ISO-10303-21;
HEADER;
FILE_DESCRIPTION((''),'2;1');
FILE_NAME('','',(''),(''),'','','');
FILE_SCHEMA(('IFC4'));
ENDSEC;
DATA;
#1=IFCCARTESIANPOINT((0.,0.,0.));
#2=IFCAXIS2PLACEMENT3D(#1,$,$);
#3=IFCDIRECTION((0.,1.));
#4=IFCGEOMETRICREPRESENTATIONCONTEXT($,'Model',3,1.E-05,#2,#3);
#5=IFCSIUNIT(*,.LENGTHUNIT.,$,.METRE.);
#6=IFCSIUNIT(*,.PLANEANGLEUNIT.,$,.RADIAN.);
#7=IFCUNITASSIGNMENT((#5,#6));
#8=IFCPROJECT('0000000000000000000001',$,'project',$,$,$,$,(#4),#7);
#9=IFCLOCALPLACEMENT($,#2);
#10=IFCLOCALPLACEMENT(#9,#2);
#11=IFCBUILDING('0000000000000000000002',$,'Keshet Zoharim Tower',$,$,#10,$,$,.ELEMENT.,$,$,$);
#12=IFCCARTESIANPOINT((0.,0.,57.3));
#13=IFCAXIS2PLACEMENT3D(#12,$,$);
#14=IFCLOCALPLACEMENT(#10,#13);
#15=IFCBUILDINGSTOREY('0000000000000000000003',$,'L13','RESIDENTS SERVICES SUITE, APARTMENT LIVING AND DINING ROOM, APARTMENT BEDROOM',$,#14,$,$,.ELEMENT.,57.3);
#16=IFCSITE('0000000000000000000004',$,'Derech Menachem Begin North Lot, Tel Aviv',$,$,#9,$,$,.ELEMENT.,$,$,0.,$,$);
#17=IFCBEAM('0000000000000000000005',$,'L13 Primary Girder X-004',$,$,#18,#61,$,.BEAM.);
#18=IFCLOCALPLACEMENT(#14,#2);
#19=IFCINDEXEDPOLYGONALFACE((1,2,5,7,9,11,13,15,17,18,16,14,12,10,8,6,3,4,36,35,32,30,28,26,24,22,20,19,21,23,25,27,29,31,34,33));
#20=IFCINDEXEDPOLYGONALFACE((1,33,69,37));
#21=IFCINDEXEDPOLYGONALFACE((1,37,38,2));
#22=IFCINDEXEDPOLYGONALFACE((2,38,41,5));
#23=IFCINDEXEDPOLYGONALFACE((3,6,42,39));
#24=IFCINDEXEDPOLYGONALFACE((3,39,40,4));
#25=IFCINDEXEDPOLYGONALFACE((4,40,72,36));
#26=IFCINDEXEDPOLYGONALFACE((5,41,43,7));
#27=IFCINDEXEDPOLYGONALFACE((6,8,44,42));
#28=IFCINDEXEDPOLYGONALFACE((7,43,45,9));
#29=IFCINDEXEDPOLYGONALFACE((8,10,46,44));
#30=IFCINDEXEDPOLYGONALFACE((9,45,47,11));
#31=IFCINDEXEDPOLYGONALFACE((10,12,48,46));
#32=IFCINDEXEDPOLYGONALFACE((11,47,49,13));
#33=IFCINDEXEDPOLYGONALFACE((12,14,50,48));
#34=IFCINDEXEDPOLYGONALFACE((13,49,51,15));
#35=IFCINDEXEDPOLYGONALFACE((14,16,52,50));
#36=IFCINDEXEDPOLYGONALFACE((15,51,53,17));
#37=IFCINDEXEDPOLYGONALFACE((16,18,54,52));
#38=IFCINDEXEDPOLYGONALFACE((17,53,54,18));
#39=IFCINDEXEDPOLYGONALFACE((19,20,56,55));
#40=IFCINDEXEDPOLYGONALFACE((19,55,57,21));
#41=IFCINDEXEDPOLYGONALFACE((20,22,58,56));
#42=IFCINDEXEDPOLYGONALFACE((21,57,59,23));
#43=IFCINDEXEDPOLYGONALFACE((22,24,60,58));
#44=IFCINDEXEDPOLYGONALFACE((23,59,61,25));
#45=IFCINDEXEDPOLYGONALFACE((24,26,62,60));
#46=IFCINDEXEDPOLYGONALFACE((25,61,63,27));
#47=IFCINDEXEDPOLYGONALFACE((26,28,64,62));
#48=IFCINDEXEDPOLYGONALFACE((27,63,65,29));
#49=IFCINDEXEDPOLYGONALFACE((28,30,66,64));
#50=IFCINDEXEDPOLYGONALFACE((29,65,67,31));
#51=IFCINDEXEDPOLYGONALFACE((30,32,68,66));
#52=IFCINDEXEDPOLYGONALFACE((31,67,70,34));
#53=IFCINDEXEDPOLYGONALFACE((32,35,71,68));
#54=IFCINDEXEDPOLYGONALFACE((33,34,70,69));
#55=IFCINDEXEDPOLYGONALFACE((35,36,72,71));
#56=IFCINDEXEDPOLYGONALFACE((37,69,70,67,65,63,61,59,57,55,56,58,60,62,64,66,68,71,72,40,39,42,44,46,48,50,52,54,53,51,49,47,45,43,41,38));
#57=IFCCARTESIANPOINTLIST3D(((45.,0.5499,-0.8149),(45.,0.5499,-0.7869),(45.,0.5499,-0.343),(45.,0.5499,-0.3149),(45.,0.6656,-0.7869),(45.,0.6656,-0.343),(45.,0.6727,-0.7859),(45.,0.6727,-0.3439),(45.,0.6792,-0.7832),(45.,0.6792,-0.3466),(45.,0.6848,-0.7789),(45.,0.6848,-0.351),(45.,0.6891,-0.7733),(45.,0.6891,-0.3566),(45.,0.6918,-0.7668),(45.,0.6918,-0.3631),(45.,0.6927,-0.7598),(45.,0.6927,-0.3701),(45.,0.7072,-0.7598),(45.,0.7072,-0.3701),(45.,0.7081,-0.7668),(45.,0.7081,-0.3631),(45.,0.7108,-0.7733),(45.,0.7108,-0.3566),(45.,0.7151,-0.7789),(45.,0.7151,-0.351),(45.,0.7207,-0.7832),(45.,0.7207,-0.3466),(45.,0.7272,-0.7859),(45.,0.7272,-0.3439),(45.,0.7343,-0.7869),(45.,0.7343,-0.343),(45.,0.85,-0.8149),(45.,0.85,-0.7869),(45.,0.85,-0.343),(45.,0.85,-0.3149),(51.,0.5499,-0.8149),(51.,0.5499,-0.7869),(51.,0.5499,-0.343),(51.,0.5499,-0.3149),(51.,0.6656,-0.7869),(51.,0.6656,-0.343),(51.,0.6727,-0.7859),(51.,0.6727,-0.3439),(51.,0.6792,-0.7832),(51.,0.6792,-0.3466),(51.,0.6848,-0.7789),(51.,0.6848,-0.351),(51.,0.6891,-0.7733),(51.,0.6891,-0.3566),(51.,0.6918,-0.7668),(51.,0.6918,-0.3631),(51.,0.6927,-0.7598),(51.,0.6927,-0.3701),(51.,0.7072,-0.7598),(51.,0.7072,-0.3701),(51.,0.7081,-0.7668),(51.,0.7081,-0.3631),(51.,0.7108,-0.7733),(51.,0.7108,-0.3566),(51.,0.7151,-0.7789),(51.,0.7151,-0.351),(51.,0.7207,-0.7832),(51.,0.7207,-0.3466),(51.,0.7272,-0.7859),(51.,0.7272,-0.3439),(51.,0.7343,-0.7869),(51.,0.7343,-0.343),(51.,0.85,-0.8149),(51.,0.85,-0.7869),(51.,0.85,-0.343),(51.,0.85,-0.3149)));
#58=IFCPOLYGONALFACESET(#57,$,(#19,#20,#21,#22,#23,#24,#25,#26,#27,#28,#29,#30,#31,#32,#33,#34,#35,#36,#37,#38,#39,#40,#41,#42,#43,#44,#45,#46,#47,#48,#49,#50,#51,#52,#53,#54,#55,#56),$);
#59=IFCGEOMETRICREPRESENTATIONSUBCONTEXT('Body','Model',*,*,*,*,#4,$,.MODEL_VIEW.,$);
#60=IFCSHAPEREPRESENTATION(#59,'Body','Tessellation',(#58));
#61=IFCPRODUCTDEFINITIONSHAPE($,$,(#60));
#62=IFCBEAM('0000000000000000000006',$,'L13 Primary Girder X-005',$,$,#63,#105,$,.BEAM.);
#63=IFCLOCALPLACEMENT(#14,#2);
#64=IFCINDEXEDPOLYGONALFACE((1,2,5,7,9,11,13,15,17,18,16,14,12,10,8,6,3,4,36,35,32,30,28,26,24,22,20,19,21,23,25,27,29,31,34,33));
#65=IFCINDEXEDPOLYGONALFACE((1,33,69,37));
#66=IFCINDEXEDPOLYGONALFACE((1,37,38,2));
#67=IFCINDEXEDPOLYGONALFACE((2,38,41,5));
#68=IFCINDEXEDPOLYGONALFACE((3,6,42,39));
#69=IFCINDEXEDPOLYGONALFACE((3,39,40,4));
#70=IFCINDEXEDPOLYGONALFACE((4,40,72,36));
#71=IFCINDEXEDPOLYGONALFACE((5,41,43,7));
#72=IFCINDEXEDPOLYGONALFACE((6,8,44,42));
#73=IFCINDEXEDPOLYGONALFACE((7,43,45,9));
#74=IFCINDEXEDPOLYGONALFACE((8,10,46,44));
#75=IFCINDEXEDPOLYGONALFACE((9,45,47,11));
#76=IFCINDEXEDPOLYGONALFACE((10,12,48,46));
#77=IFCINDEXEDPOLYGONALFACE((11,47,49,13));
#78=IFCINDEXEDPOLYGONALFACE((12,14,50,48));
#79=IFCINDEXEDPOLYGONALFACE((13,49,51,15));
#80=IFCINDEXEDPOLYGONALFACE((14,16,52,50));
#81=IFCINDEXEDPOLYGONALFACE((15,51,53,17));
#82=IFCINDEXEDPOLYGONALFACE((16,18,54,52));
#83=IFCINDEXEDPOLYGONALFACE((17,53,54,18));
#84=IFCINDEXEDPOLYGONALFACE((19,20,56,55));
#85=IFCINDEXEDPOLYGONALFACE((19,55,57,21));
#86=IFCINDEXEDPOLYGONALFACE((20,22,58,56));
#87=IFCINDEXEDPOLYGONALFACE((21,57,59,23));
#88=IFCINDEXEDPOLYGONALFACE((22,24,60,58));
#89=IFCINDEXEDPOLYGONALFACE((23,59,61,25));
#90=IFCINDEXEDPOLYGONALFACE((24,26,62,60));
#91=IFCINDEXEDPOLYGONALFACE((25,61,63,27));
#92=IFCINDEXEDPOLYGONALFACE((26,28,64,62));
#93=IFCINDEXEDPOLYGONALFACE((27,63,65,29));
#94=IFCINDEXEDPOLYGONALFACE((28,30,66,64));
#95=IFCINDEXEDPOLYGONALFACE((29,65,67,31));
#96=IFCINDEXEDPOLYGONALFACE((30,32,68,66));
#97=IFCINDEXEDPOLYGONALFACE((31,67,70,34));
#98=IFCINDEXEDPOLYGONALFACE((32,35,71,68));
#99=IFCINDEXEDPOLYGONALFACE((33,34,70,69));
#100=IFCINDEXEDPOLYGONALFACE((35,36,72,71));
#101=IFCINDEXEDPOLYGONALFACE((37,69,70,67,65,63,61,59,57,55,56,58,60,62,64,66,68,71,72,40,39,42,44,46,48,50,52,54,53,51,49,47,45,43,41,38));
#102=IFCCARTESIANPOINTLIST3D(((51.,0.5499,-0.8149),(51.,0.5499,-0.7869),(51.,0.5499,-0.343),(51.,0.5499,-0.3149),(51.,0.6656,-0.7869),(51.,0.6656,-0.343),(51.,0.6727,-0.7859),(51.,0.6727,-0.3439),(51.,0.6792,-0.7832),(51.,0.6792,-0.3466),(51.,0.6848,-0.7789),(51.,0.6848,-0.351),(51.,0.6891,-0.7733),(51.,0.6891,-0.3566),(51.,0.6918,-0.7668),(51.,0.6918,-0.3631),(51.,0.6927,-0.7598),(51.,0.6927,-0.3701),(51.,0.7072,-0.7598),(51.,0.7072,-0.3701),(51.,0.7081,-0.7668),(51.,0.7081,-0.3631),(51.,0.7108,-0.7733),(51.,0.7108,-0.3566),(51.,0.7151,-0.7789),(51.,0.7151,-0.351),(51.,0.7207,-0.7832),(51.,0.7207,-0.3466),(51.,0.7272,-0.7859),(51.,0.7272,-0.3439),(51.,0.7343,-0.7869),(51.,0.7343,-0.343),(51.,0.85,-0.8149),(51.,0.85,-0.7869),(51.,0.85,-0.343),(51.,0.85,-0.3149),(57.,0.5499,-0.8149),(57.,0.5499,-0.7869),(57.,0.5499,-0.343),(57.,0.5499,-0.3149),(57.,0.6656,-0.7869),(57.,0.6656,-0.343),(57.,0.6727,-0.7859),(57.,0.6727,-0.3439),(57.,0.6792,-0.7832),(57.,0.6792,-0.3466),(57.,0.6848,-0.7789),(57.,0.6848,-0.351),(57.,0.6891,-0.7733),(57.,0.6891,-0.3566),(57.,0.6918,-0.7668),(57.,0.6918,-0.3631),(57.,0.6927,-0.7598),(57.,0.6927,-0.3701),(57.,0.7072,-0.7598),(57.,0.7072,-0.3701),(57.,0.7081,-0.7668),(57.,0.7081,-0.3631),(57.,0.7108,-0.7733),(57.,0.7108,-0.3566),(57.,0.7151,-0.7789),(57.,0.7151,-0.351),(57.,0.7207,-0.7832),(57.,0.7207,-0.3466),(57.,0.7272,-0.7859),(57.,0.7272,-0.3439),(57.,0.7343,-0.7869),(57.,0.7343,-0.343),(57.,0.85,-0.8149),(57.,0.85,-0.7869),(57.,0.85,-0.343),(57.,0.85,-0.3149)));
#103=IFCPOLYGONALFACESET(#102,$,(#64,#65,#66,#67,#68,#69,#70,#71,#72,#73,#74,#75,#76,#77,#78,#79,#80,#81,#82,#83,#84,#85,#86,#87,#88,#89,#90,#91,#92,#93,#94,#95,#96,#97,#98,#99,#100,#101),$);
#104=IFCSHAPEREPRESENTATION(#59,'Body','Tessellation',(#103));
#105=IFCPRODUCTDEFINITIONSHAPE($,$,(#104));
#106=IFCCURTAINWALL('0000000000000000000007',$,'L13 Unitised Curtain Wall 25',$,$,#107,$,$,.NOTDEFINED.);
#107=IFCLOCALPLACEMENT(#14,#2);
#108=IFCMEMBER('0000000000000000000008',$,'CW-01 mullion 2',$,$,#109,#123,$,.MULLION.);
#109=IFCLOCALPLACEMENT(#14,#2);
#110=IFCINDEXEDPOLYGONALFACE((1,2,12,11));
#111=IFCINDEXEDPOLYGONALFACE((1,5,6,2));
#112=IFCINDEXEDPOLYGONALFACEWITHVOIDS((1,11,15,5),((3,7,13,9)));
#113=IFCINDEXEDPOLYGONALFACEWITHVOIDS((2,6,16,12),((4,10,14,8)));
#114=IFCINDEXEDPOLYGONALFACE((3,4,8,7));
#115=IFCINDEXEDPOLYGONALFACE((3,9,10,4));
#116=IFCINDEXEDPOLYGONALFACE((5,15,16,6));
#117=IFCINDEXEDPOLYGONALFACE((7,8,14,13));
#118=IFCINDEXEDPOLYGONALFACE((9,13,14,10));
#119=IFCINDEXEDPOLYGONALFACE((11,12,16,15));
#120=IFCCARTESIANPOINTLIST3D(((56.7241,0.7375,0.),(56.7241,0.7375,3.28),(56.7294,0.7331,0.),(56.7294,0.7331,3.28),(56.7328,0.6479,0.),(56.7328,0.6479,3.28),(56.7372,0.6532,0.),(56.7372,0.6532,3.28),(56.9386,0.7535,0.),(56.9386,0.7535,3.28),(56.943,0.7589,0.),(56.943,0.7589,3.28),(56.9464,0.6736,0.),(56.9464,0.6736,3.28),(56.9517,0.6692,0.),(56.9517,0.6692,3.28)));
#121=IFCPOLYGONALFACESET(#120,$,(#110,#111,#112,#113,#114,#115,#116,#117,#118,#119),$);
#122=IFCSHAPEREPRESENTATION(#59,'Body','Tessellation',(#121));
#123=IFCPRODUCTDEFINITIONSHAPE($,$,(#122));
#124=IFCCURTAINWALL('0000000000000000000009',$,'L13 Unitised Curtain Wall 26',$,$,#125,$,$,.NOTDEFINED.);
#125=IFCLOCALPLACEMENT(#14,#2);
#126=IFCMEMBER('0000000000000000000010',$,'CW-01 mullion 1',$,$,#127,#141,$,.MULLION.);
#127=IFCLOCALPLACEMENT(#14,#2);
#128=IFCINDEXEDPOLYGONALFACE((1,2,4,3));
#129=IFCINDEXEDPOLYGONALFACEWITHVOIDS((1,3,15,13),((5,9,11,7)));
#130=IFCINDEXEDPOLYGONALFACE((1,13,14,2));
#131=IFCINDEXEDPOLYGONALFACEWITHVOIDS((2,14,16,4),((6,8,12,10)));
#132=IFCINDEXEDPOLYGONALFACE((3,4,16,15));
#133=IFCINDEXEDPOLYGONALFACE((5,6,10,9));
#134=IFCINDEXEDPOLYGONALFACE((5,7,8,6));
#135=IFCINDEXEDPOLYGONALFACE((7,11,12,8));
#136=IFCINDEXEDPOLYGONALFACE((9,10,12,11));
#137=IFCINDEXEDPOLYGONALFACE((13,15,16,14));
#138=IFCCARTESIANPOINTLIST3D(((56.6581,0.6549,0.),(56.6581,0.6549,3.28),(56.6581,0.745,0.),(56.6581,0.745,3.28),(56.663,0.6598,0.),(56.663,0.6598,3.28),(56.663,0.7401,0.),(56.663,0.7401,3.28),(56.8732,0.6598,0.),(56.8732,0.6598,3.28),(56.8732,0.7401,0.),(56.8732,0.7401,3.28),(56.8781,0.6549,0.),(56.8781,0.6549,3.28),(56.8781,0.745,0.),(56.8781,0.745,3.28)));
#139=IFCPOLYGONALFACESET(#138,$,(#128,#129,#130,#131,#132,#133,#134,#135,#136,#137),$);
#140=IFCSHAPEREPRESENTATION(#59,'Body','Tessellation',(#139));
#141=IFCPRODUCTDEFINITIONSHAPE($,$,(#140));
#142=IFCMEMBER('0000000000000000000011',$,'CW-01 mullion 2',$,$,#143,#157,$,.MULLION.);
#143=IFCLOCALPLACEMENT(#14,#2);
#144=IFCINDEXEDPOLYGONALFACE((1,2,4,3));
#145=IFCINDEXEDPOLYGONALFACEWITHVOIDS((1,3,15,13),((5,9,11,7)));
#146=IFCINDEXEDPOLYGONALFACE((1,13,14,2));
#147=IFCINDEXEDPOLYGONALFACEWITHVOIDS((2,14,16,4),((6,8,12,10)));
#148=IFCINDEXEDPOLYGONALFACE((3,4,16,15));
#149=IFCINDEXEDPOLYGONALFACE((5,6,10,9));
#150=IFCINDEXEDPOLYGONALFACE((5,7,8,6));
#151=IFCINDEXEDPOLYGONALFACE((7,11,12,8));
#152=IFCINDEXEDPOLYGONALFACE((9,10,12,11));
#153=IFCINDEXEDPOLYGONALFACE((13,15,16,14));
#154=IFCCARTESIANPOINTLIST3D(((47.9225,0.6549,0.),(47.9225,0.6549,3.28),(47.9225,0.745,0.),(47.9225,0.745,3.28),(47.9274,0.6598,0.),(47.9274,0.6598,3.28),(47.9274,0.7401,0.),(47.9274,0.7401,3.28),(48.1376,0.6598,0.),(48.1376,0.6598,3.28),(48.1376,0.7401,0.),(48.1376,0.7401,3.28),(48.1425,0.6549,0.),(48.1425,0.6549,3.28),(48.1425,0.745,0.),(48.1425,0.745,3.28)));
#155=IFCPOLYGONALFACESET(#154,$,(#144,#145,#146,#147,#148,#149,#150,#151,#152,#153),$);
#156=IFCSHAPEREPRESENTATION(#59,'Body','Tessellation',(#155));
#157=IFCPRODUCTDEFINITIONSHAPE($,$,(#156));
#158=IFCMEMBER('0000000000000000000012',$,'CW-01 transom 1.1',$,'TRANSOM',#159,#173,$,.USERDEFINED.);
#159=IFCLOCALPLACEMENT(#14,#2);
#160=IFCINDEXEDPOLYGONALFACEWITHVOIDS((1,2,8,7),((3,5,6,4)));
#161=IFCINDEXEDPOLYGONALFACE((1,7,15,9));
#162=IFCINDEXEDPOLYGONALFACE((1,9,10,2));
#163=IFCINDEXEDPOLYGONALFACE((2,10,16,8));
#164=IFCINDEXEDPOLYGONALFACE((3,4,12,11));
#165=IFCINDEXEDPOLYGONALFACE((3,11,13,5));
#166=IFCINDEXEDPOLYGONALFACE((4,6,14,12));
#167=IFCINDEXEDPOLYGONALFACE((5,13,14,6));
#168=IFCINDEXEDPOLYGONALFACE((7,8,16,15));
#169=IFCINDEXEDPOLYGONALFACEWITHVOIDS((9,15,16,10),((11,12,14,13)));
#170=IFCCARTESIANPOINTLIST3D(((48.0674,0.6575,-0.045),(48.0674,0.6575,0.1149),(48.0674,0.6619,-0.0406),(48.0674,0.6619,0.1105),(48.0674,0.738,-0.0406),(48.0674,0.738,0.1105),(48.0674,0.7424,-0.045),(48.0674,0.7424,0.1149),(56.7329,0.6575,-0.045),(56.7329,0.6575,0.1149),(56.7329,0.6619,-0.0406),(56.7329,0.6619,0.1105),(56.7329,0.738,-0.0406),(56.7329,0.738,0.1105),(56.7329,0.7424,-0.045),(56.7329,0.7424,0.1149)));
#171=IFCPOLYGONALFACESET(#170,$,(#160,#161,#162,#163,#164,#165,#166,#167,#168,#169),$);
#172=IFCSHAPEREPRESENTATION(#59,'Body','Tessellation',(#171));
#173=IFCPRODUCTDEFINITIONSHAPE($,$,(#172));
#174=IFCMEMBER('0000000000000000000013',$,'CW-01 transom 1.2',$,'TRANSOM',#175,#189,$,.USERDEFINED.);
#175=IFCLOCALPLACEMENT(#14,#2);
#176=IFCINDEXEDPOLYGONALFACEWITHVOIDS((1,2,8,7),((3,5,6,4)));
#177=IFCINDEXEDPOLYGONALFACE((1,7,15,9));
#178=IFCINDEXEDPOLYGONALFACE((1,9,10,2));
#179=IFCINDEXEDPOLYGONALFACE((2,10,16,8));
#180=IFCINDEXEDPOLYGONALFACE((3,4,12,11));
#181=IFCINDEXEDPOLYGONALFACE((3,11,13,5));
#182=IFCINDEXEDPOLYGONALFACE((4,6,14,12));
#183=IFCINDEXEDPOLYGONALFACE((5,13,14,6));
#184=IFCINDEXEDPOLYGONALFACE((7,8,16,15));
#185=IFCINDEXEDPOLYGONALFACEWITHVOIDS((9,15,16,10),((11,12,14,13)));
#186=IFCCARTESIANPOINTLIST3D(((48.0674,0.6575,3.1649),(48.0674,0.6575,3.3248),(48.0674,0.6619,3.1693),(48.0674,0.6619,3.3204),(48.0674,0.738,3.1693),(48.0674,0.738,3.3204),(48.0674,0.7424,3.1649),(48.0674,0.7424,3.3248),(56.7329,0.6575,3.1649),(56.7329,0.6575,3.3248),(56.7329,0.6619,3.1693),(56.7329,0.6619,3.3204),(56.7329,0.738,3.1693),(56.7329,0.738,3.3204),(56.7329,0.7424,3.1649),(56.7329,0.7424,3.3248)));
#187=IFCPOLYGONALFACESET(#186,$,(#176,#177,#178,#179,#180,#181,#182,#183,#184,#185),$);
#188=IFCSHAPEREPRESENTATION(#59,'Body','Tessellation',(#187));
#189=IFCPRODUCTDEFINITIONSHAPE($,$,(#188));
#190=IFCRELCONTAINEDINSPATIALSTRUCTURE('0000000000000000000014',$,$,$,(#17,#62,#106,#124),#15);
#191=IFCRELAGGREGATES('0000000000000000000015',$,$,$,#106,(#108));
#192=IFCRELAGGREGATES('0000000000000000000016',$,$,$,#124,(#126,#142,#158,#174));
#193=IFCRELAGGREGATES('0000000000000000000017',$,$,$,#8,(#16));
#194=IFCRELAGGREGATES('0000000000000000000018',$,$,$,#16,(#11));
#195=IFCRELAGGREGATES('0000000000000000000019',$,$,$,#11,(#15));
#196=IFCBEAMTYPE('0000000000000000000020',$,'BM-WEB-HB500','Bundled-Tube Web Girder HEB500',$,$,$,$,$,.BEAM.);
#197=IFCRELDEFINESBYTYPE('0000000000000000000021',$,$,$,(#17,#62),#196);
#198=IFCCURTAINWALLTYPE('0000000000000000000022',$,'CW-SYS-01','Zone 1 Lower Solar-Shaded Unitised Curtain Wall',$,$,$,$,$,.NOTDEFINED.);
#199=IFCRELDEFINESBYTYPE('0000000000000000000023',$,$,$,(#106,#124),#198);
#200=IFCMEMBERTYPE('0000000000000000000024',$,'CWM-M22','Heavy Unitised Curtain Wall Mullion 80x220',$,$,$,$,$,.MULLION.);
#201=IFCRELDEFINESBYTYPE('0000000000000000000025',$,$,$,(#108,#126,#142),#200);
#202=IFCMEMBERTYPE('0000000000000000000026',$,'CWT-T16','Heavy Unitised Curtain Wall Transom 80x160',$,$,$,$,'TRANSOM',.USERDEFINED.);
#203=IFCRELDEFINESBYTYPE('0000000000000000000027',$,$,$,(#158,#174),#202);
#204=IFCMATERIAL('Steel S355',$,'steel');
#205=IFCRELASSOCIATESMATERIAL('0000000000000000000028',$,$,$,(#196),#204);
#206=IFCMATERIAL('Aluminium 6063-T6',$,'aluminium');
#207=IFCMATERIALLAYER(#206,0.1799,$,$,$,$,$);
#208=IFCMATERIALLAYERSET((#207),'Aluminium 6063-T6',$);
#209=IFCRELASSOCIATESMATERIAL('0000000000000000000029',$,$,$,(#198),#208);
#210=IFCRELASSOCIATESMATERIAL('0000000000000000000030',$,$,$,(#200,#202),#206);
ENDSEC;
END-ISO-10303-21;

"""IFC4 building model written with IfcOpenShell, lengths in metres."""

from ifc_helpers import new_model, si_unit, direction, frame, origin, origin_2d, place, context, subcontext, project, spatial, hollow_rectangle, i_section, extrude, material, layer, layer_set, material_profile, profile_set, type_object, element, aggregate, save


model = new_model("IFC4")

# Units and contexts
model_context = context("Model", 3, precision=1e-05, world=origin(), true_north=direction((0.0, 1.0)))
body_context = subcontext(model_context, "Body", "Model", "MODEL_VIEW")
ifc_project = project(units=[si_unit("LENGTHUNIT", "METRE"), si_unit("PLANEANGLEUNIT", "RADIAN")], contexts=[model_context])

# Site, building, storey
site_placement = place(None, origin())
site = spatial("IfcSite", under=ifc_project, at=site_placement, Name="Derech Menachem Begin North Lot, Tel Aviv", CompositionType="ELEMENT", RefElevation=0.0)
building_placement = place(site_placement, origin())
building = spatial("IfcBuilding", under=site, at=building_placement, Name="Keshet Zoharim Tower", CompositionType="ELEMENT")
storey_placement = place(building_placement, frame((0.0, 0.0, 57.3)))
storey = spatial("IfcBuildingStorey", under=building, at=storey_placement, Name="L13", Description="RESIDENTS SERVICES SUITE, APARTMENT LIVING AND DINING ROOM, APARTMENT BEDROOM", CompositionType="ELEMENT", Elevation=57.3)

# Shared definitions
ifc_material_1 = material(Name="Steel S355", Category="steel")

# Beams
ifc_material_profile_1 = material_profile(ifc_material_1, i_section(OverallWidth=0.3, OverallDepth=0.5, WebThickness=0.0144, FlangeThickness=0.0281, FilletRadius=0.0271, at=origin_2d()), Name="HEB500")
ifc_profile_set_1 = profile_set([ifc_material_profile_1], Name="Steel S355")
beam_type_1 = type_object("IfcBeamType", Name="BM-WEB-HB500", Description="Bundled-Tube Web Girder HEB500", PredefinedType="BEAM", material=ifc_profile_set_1)
for number, where, z_axis, x_axis, name in (
    (1, (45.0, 0.7, -0.5649), (1.0, 0.0, 0.0), (0.0, 1.0, 0.0), "L13 Primary Girder X-004"),
    (2, (51.0, 0.7, -0.5649), (1.0, 0.0, 0.0), (0.0, 1.0, 0.0), "L13 Primary Girder X-005"),
):
    element("IfcBeam", number, at=place(storey_placement, frame(where, z_axis=z_axis, x_axis=x_axis)), inside=storey, type_object=beam_type_1, Name=name, PredefinedType="BEAM", context=body_context, shape_type="SweptSolid", body=[
        extrude(i_section(OverallWidth=0.3, OverallDepth=0.5, WebThickness=0.0144, FlangeThickness=0.0281, FilletRadius=0.0271, at=origin_2d()), origin(), (0.0, 0.0, 1.0), 6.0),
    ])

# Curtain wall, member
ifc_material_2 = material(Name="Aluminium 6063-T6", Category="aluminium")
ifc_layer_1 = layer(ifc_material_2, 0.1799)
ifc_layer_set_1 = layer_set([ifc_layer_1], Name="Aluminium 6063-T6")
curtain_wall_type = type_object("IfcCurtainWallType", Name="CW-SYS-01", Description="Zone 1 Lower Solar-Shaded Unitised Curtain Wall", PredefinedType="NOTDEFINED", material=ifc_layer_set_1)
curtain_wall_1_placement = place(storey_placement, origin())
curtain_wall_1 = element("IfcCurtainWall", 3, at=curtain_wall_1_placement, inside=storey, type_object=curtain_wall_type, Name="L13 Unitised Curtain Wall 25", PredefinedType="NOTDEFINED")
ifc_material_profile_2 = material_profile(ifc_material_2, hollow_rectangle(XDim=0.0901, YDim=0.22, WallThickness=0.0049, at=origin_2d()), Name="MUL-90x220")
ifc_profile_set_2 = profile_set([ifc_material_profile_2], Name="Aluminium 6063-T6")
member_type_1 = type_object("IfcMemberType", Name="CWM-M22", Description="Heavy Unitised Curtain Wall Mullion 80x220", PredefinedType="MULLION", material=ifc_profile_set_2)
member_1_placement = place(storey_placement, frame((56.8379, 0.7034, 0.0), z_axis=(0.0, 0.0, 1.0), x_axis=(0.096977, -0.995287, 0.0)))
member_1 = element("IfcMember", 4, at=member_1_placement, type_object=member_type_1, Name="CW-01 mullion 2", PredefinedType="MULLION", context=body_context, shape_type="SweptSolid", body=[
    extrude(hollow_rectangle(XDim=0.0901, YDim=0.22, WallThickness=0.0049, at=origin_2d()), origin(), (0.0, 0.0, 1.0), 3.28),
])
aggregate(curtain_wall_1, [member_1])

# Curtain wall, members
curtain_wall_2_placement = place(storey_placement, origin())
curtain_wall_2 = element("IfcCurtainWall", 5, at=curtain_wall_2_placement, inside=storey, type_object=curtain_wall_type, Name="L13 Unitised Curtain Wall 26", PredefinedType="NOTDEFINED")
member_2_placement = place(storey_placement, frame((56.7681, 0.7, 0.0), z_axis=(0.0, 0.0, 1.0), x_axis=(0.0, -1.0, 0.0)))
member_2 = element("IfcMember", 6, at=member_2_placement, type_object=member_type_1, Name="CW-01 mullion 1", PredefinedType="MULLION", context=body_context, shape_type="SweptSolid", body=[
    extrude(hollow_rectangle(XDim=0.0901, YDim=0.22, WallThickness=0.0049, at=origin_2d()), origin(), (0.0, 0.0, 1.0), 3.28),
])
member_3_placement = place(storey_placement, frame((48.0325, 0.7, 0.0), z_axis=(0.0, 0.0, 1.0), x_axis=(0.0, -1.0, 0.0)))
member_3 = element("IfcMember", 7, at=member_3_placement, type_object=member_type_1, Name="CW-01 mullion 2", PredefinedType="MULLION", context=body_context, shape_type="SweptSolid", body=[
    extrude(hollow_rectangle(XDim=0.0901, YDim=0.22, WallThickness=0.0049, at=origin_2d()), origin(), (0.0, 0.0, 1.0), 3.28),
])
ifc_material_profile_3 = material_profile(ifc_material_2, hollow_rectangle(XDim=0.085, YDim=0.1599, WallThickness=0.0044, at=origin_2d()), Name="TRN-85x160")
ifc_profile_set_3 = profile_set([ifc_material_profile_3], Name="Aluminium 6063-T6")
member_type_2 = type_object("IfcMemberType", Name="CWT-T16", Description="Heavy Unitised Curtain Wall Transom 80x160", ElementType="TRANSOM", PredefinedType="USERDEFINED", material=ifc_profile_set_3)
member_4_placement = place(storey_placement, frame((56.7329, 0.7, 0.0349), z_axis=(-1.0, 0.0, 0.0), x_axis=(0.0, -1.0, 0.0)))
member_4 = element("IfcMember", 8, at=member_4_placement, type_object=member_type_2, Name="CW-01 transom 1.1", ObjectType="TRANSOM", PredefinedType="USERDEFINED", context=body_context, shape_type="SweptSolid", body=[
    extrude(hollow_rectangle(XDim=0.085, YDim=0.1599, WallThickness=0.0044, at=origin_2d()), origin(), (0.0, 0.0, 1.0), 8.6655),
])
member_5_placement = place(storey_placement, frame((56.7329, 0.7, 3.2449), z_axis=(-1.0, 0.0, 0.0), x_axis=(0.0, -1.0, 0.0)))
member_5 = element("IfcMember", 9, at=member_5_placement, type_object=member_type_2, Name="CW-01 transom 1.2", ObjectType="TRANSOM", PredefinedType="USERDEFINED", context=body_context, shape_type="SweptSolid", body=[
    extrude(hollow_rectangle(XDim=0.085, YDim=0.1599, WallThickness=0.0044, at=origin_2d()), origin(), (0.0, 0.0, 1.0), 8.6655),
])
aggregate(curtain_wall_2, [member_2, member_3, member_4, member_5])

save(model, "model.ifc")
